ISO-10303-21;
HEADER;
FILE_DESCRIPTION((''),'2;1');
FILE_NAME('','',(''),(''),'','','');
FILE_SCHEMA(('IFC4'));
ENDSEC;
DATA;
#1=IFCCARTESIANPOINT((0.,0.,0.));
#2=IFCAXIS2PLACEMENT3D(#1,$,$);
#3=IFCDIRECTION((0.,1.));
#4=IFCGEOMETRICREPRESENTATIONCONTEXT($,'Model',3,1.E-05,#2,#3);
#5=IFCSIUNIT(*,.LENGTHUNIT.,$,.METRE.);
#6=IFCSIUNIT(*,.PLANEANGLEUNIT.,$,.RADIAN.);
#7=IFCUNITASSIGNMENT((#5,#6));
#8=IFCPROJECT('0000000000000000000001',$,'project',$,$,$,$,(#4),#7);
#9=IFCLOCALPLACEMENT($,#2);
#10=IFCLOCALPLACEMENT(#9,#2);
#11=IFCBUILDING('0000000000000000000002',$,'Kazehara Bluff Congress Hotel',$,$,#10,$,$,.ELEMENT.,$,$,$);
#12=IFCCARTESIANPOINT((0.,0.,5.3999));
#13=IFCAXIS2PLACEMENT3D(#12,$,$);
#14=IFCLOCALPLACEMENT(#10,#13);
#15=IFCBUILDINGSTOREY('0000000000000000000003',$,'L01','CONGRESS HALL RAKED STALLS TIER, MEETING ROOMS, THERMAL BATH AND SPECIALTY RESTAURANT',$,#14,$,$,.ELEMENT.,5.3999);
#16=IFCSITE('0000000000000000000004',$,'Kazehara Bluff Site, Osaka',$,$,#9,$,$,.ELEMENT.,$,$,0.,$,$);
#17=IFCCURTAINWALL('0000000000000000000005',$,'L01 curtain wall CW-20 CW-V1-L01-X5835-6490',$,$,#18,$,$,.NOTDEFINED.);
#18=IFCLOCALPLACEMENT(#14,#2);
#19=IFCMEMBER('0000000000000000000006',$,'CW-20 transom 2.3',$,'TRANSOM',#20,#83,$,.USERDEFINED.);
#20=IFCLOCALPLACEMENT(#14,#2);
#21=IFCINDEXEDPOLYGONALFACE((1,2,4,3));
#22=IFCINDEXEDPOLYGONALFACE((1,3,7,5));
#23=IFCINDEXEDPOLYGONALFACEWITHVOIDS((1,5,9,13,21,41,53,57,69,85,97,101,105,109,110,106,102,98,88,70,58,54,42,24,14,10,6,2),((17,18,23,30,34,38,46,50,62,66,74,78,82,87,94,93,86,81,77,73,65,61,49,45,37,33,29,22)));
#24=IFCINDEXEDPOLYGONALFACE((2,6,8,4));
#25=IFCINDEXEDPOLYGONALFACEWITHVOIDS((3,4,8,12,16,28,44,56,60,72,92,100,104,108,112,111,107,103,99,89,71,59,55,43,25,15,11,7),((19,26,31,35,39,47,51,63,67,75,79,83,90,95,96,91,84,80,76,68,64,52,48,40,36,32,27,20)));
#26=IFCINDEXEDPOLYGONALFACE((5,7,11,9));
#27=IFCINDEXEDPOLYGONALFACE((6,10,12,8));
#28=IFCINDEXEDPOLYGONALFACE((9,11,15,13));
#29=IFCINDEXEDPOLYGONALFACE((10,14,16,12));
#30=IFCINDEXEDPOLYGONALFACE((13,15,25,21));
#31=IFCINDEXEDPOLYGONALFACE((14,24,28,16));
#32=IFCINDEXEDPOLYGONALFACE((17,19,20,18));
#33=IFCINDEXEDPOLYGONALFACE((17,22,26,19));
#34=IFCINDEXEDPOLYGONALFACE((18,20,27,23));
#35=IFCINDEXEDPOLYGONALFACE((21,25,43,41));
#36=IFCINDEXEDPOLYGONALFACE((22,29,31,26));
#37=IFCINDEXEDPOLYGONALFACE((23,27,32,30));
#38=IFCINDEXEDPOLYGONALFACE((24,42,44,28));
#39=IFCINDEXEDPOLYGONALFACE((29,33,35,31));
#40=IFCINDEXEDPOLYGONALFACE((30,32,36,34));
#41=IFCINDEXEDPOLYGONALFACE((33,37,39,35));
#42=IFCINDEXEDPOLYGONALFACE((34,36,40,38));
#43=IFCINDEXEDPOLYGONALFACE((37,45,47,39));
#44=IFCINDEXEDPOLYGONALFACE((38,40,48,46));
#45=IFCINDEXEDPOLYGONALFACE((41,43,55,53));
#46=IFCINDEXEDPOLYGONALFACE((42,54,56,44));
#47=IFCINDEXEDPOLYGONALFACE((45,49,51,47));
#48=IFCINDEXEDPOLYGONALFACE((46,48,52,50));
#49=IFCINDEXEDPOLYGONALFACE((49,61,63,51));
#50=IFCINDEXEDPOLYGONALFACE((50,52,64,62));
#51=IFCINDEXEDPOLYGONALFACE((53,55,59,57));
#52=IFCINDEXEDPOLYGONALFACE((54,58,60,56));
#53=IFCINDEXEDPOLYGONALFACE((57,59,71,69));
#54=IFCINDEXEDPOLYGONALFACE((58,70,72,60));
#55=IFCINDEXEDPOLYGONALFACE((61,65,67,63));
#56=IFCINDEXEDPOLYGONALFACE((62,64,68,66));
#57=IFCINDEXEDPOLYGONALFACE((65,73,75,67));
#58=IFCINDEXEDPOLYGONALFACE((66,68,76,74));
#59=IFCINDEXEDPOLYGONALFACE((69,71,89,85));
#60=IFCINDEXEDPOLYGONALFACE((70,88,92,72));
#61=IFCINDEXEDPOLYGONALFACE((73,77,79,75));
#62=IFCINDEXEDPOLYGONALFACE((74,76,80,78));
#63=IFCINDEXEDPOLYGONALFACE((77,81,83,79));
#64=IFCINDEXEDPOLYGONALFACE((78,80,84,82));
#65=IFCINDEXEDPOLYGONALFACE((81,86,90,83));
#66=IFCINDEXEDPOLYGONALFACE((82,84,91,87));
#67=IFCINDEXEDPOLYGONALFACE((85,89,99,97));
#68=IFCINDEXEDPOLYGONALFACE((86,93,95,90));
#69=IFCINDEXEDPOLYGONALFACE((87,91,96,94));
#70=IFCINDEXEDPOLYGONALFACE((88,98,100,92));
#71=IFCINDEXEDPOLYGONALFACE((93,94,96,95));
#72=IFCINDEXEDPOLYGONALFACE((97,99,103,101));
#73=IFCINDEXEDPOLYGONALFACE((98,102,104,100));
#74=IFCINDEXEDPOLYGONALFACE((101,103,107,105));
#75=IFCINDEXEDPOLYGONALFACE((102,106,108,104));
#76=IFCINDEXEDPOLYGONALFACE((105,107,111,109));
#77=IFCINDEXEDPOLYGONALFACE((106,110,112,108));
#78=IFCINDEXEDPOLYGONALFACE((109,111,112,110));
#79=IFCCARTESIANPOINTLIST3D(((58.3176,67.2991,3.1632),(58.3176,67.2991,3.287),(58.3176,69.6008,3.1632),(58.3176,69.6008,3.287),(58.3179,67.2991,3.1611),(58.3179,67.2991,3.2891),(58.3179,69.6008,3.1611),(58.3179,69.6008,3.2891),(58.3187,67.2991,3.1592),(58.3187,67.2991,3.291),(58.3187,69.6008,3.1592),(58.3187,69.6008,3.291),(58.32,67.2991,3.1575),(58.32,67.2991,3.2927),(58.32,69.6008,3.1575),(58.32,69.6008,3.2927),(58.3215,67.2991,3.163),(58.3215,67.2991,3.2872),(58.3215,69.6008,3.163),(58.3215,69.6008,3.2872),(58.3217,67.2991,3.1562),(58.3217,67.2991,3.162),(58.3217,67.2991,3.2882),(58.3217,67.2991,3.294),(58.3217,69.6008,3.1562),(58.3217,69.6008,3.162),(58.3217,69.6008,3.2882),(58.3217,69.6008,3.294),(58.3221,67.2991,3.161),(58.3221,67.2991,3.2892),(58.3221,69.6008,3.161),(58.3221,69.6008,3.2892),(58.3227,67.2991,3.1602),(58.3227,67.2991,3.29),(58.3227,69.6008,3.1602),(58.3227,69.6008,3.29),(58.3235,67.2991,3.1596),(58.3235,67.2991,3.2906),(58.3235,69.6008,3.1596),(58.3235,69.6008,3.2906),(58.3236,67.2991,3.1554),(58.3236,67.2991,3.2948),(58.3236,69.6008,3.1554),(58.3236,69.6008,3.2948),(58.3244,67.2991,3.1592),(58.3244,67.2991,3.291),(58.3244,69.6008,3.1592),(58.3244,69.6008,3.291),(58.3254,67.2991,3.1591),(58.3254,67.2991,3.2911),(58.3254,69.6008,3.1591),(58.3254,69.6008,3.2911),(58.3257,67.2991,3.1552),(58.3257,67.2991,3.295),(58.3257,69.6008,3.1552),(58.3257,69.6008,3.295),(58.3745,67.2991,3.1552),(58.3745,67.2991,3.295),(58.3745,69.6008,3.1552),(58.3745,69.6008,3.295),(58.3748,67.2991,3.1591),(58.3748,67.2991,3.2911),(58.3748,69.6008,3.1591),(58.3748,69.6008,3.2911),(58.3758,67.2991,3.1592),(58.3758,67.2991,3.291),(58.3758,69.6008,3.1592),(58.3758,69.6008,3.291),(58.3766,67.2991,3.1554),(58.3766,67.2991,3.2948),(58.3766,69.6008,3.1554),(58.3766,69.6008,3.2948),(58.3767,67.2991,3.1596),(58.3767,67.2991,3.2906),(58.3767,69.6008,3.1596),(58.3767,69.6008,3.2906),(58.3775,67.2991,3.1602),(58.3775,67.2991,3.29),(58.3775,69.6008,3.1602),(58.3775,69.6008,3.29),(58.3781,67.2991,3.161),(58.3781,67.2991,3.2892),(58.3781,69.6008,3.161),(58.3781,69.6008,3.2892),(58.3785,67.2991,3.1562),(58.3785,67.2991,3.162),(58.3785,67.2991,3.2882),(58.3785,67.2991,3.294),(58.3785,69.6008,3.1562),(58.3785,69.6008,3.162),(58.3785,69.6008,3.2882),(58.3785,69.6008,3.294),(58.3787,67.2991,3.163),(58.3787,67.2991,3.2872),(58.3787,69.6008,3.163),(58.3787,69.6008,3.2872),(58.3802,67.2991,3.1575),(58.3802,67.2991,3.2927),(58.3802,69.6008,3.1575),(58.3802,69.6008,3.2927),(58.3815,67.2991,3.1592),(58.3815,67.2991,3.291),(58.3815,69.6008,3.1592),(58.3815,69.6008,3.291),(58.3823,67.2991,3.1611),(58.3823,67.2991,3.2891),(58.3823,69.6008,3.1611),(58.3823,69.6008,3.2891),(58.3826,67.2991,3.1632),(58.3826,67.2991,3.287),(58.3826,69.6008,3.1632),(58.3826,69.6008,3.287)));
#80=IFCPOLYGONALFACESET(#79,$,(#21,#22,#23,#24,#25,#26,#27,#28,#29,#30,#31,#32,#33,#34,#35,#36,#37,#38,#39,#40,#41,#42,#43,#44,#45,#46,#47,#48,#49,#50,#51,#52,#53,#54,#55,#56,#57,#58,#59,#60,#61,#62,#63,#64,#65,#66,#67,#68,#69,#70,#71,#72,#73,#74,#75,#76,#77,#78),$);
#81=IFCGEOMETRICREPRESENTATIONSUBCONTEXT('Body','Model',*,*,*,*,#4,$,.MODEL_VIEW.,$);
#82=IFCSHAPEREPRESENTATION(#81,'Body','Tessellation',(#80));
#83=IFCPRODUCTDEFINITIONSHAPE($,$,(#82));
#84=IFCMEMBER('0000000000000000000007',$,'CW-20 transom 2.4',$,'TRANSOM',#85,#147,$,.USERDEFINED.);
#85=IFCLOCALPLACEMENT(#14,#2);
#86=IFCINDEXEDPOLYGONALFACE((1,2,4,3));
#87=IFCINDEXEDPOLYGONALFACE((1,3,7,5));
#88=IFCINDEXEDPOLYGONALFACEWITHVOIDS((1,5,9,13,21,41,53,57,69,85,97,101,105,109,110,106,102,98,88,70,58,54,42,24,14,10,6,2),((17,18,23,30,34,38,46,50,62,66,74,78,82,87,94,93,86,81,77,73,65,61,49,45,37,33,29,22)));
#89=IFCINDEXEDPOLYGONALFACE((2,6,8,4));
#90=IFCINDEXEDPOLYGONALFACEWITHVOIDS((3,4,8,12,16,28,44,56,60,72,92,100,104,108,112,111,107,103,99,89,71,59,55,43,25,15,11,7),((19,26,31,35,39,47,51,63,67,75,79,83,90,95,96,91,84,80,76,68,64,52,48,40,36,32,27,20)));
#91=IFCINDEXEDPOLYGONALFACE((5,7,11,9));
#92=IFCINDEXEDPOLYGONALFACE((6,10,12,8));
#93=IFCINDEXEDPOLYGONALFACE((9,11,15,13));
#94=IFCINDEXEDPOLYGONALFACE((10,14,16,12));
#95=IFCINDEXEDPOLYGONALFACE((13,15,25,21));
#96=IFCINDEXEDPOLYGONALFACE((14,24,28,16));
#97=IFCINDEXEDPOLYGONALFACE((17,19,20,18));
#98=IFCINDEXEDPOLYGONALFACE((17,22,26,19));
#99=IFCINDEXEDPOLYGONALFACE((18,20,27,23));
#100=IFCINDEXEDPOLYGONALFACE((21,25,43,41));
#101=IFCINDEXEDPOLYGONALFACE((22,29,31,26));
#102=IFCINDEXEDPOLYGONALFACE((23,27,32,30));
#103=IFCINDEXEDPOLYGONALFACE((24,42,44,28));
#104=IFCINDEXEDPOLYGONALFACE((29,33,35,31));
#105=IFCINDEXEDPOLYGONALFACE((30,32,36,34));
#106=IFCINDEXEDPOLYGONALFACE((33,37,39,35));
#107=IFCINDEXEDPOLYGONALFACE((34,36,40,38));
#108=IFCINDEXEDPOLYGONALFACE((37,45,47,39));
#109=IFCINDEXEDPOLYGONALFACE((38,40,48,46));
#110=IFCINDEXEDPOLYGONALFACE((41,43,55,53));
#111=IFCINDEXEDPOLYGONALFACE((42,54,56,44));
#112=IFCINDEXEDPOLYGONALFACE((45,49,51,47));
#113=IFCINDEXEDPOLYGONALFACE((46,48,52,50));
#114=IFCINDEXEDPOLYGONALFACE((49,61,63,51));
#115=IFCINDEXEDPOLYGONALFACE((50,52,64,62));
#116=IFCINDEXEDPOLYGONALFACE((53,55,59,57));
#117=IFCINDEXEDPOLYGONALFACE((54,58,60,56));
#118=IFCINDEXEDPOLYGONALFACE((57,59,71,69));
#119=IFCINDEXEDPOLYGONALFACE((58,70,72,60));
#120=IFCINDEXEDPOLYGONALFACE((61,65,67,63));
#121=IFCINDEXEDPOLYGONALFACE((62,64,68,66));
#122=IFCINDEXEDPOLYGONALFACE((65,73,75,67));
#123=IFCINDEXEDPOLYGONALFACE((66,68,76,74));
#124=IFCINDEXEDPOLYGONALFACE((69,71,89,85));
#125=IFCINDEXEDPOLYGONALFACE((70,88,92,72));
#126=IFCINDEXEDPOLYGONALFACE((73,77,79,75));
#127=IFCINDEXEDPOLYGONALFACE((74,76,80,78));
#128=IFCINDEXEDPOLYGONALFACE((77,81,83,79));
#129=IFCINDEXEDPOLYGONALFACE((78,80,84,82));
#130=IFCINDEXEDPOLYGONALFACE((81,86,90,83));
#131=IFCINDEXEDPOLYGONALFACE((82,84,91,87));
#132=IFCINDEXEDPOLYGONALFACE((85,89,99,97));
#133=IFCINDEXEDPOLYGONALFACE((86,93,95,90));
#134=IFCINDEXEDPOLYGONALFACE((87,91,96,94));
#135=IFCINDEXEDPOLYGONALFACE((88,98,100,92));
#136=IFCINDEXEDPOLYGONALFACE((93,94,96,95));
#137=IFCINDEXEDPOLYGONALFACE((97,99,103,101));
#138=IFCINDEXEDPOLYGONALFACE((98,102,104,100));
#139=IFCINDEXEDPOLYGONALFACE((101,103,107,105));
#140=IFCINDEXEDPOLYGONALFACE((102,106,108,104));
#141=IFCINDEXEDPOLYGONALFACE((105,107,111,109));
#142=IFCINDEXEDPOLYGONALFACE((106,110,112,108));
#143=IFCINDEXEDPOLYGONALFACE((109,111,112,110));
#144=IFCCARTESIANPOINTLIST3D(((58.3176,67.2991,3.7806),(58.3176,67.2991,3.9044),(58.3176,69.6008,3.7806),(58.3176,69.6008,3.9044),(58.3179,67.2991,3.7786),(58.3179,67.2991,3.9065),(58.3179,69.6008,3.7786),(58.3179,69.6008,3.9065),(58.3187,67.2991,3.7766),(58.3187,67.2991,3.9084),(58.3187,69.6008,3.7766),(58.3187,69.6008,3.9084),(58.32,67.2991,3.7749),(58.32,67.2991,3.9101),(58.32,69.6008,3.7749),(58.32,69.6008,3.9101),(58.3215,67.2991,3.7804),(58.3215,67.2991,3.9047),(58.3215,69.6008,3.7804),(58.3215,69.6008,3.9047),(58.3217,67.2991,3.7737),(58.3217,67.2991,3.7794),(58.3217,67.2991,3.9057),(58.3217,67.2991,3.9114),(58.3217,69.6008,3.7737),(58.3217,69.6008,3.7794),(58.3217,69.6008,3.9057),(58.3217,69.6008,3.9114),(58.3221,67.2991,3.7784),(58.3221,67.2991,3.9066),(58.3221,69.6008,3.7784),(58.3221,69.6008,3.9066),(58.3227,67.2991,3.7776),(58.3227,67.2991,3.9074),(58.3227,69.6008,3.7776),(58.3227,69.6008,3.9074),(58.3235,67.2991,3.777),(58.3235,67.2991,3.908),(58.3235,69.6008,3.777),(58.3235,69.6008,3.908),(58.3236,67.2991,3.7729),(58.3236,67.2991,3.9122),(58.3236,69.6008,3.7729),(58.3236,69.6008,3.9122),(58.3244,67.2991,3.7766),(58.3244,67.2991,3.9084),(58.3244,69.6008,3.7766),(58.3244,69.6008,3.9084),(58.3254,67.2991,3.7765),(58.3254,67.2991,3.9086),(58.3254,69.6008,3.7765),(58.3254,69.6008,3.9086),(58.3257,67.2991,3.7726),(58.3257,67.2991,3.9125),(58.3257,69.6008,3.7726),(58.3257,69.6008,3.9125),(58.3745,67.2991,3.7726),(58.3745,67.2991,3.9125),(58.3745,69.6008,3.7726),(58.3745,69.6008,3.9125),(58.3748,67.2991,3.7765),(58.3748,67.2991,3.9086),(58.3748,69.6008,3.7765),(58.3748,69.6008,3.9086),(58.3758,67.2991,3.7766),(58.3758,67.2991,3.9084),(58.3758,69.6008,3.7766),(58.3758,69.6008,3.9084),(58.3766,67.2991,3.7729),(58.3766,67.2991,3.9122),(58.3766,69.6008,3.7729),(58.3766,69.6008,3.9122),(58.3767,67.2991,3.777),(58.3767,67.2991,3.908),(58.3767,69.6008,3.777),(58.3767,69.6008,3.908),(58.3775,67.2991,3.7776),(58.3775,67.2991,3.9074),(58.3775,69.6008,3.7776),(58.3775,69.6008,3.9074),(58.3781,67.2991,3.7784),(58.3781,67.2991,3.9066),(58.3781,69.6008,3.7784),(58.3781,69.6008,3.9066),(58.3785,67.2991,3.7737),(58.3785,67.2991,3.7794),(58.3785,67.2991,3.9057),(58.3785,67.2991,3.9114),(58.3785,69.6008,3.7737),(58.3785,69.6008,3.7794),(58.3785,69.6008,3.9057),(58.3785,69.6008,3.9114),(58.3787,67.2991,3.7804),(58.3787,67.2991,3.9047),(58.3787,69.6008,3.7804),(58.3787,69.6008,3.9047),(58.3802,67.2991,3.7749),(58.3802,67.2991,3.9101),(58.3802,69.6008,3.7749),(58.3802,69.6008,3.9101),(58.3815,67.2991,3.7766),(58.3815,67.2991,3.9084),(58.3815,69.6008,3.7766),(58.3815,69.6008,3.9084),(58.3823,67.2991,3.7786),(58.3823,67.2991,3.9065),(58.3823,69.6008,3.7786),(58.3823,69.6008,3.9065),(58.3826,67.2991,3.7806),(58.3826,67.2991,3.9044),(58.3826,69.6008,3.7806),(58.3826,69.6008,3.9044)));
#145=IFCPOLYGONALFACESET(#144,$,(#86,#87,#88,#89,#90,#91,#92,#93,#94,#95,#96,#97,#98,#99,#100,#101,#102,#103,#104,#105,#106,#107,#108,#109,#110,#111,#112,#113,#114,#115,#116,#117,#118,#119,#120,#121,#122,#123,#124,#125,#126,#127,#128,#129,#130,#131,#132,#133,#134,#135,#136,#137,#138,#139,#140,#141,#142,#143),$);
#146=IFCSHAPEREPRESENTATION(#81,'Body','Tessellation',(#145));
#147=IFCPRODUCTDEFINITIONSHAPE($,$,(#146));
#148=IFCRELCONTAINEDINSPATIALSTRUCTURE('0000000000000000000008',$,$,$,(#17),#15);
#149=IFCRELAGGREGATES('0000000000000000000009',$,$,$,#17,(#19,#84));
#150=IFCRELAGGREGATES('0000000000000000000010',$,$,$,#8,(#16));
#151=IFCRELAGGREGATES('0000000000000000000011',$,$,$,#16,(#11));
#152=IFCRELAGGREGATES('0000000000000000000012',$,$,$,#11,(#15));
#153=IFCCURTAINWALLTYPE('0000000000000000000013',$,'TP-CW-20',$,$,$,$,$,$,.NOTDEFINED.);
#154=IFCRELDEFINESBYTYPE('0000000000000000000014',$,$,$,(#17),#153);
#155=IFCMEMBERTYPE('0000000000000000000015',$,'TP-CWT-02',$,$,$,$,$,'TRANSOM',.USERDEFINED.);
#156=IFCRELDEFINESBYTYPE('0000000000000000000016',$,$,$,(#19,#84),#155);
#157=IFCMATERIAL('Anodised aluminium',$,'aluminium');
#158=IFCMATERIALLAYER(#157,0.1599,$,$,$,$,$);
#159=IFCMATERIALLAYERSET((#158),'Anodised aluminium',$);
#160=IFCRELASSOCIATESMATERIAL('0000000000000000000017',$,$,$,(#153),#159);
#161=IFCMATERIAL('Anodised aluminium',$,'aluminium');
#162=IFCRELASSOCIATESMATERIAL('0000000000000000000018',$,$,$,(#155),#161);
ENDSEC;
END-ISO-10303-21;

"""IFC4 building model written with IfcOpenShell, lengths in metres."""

from ifc_helpers import new_model, si_unit, direction, frame, origin, origin_2d, place, context, subcontext, project, spatial, hollow_rectangle, extrude, material, layer, layer_set, material_profile, profile_set, type_object, element, aggregate, save


model = new_model("IFC4")

# Units and contexts
model_context = context("Model", 3, precision=1e-05, world=origin(), true_north=direction((0.0, 1.0)))
body_context = subcontext(model_context, "Body", "Model", "MODEL_VIEW")
ifc_project = project(units=[si_unit("LENGTHUNIT", "METRE"), si_unit("PLANEANGLEUNIT", "RADIAN")], contexts=[model_context])

# Site, building, storey
site_placement = place(None, origin())
site = spatial("IfcSite", under=ifc_project, at=site_placement, Name="Kazehara Bluff Site, Osaka", CompositionType="ELEMENT", RefElevation=0.0)
building_placement = place(site_placement, origin())
building = spatial("IfcBuilding", under=site, at=building_placement, Name="Kazehara Bluff Congress Hotel", CompositionType="ELEMENT")
storey_placement = place(building_placement, frame((0.0, 0.0, 5.3999)))
storey = spatial("IfcBuildingStorey", under=building, at=storey_placement, Name="L01", Description="CONGRESS HALL RAKED STALLS TIER, MEETING ROOMS, THERMAL BATH AND SPECIALTY RESTAURANT", CompositionType="ELEMENT", Elevation=5.3999)

# Curtain wall
ifc_material_1 = material(Name="Anodised aluminium", Category="aluminium")
ifc_layer_1 = layer(ifc_material_1, 0.1599)
ifc_layer_set_1 = layer_set([ifc_layer_1], Name="Anodised aluminium")
curtain_wall_type_1 = type_object("IfcCurtainWallType", Name="TP-CW-20", PredefinedType="NOTDEFINED", material=ifc_layer_set_1)
curtain_wall_1_placement = place(storey_placement, origin())
curtain_wall_1 = element("IfcCurtainWall", 1, at=curtain_wall_1_placement, inside=storey, type_object=curtain_wall_type_1, Name="L01 curtain wall CW-20 CW-V1-L01-X5835-6490", PredefinedType="NOTDEFINED")

# Members
ifc_material_2 = material(Name="Anodised aluminium", Category="aluminium")
ifc_material_profile_1 = material_profile(ifc_material_2, hollow_rectangle(XDim=0.0649, YDim=0.1399, WallThickness=0.0039, InnerFilletRadius=0.0039, OuterFilletRadius=0.0081, at=origin_2d()))
ifc_profile_set_1 = profile_set([ifc_material_profile_1], Name="Anodised aluminium")
member_type_1 = type_object("IfcMemberType", Name="TP-CWT-02", ElementType="TRANSOM", PredefinedType="USERDEFINED", material=ifc_profile_set_1)
member_1_placement = place(storey_placement, frame((58.3501, 67.2991, 3.2251), z_axis=(0.0, 1.0, 0.0), x_axis=(-1.0, 0.0, 0.0)))
member_1 = element("IfcMember", 2, at=member_1_placement, type_object=member_type_1, Name="CW-20 transom 2.3", ObjectType="TRANSOM", PredefinedType="USERDEFINED", context=body_context, shape_type="SweptSolid", body=[
    extrude(hollow_rectangle(XDim=0.0649, YDim=0.1399, WallThickness=0.0039, InnerFilletRadius=0.0039, OuterFilletRadius=0.0081, at=origin_2d()), origin(), (0.0, 0.0, 1.0), 2.3018),
])
member_2_placement = place(storey_placement, frame((58.3501, 67.2991, 3.8425), z_axis=(0.0, 1.0, 0.0), x_axis=(-1.0, 0.0, 0.0)))
member_2 = element("IfcMember", 3, at=member_2_placement, type_object=member_type_1, Name="CW-20 transom 2.4", ObjectType="TRANSOM", PredefinedType="USERDEFINED", context=body_context, shape_type="SweptSolid", body=[
    extrude(hollow_rectangle(XDim=0.0649, YDim=0.1399, WallThickness=0.0039, InnerFilletRadius=0.0039, OuterFilletRadius=0.0081, at=origin_2d()), origin(), (0.0, 0.0, 1.0), 2.3018),
])

aggregate(curtain_wall_1, [member_1, member_2])

save(model, "model.ifc")
